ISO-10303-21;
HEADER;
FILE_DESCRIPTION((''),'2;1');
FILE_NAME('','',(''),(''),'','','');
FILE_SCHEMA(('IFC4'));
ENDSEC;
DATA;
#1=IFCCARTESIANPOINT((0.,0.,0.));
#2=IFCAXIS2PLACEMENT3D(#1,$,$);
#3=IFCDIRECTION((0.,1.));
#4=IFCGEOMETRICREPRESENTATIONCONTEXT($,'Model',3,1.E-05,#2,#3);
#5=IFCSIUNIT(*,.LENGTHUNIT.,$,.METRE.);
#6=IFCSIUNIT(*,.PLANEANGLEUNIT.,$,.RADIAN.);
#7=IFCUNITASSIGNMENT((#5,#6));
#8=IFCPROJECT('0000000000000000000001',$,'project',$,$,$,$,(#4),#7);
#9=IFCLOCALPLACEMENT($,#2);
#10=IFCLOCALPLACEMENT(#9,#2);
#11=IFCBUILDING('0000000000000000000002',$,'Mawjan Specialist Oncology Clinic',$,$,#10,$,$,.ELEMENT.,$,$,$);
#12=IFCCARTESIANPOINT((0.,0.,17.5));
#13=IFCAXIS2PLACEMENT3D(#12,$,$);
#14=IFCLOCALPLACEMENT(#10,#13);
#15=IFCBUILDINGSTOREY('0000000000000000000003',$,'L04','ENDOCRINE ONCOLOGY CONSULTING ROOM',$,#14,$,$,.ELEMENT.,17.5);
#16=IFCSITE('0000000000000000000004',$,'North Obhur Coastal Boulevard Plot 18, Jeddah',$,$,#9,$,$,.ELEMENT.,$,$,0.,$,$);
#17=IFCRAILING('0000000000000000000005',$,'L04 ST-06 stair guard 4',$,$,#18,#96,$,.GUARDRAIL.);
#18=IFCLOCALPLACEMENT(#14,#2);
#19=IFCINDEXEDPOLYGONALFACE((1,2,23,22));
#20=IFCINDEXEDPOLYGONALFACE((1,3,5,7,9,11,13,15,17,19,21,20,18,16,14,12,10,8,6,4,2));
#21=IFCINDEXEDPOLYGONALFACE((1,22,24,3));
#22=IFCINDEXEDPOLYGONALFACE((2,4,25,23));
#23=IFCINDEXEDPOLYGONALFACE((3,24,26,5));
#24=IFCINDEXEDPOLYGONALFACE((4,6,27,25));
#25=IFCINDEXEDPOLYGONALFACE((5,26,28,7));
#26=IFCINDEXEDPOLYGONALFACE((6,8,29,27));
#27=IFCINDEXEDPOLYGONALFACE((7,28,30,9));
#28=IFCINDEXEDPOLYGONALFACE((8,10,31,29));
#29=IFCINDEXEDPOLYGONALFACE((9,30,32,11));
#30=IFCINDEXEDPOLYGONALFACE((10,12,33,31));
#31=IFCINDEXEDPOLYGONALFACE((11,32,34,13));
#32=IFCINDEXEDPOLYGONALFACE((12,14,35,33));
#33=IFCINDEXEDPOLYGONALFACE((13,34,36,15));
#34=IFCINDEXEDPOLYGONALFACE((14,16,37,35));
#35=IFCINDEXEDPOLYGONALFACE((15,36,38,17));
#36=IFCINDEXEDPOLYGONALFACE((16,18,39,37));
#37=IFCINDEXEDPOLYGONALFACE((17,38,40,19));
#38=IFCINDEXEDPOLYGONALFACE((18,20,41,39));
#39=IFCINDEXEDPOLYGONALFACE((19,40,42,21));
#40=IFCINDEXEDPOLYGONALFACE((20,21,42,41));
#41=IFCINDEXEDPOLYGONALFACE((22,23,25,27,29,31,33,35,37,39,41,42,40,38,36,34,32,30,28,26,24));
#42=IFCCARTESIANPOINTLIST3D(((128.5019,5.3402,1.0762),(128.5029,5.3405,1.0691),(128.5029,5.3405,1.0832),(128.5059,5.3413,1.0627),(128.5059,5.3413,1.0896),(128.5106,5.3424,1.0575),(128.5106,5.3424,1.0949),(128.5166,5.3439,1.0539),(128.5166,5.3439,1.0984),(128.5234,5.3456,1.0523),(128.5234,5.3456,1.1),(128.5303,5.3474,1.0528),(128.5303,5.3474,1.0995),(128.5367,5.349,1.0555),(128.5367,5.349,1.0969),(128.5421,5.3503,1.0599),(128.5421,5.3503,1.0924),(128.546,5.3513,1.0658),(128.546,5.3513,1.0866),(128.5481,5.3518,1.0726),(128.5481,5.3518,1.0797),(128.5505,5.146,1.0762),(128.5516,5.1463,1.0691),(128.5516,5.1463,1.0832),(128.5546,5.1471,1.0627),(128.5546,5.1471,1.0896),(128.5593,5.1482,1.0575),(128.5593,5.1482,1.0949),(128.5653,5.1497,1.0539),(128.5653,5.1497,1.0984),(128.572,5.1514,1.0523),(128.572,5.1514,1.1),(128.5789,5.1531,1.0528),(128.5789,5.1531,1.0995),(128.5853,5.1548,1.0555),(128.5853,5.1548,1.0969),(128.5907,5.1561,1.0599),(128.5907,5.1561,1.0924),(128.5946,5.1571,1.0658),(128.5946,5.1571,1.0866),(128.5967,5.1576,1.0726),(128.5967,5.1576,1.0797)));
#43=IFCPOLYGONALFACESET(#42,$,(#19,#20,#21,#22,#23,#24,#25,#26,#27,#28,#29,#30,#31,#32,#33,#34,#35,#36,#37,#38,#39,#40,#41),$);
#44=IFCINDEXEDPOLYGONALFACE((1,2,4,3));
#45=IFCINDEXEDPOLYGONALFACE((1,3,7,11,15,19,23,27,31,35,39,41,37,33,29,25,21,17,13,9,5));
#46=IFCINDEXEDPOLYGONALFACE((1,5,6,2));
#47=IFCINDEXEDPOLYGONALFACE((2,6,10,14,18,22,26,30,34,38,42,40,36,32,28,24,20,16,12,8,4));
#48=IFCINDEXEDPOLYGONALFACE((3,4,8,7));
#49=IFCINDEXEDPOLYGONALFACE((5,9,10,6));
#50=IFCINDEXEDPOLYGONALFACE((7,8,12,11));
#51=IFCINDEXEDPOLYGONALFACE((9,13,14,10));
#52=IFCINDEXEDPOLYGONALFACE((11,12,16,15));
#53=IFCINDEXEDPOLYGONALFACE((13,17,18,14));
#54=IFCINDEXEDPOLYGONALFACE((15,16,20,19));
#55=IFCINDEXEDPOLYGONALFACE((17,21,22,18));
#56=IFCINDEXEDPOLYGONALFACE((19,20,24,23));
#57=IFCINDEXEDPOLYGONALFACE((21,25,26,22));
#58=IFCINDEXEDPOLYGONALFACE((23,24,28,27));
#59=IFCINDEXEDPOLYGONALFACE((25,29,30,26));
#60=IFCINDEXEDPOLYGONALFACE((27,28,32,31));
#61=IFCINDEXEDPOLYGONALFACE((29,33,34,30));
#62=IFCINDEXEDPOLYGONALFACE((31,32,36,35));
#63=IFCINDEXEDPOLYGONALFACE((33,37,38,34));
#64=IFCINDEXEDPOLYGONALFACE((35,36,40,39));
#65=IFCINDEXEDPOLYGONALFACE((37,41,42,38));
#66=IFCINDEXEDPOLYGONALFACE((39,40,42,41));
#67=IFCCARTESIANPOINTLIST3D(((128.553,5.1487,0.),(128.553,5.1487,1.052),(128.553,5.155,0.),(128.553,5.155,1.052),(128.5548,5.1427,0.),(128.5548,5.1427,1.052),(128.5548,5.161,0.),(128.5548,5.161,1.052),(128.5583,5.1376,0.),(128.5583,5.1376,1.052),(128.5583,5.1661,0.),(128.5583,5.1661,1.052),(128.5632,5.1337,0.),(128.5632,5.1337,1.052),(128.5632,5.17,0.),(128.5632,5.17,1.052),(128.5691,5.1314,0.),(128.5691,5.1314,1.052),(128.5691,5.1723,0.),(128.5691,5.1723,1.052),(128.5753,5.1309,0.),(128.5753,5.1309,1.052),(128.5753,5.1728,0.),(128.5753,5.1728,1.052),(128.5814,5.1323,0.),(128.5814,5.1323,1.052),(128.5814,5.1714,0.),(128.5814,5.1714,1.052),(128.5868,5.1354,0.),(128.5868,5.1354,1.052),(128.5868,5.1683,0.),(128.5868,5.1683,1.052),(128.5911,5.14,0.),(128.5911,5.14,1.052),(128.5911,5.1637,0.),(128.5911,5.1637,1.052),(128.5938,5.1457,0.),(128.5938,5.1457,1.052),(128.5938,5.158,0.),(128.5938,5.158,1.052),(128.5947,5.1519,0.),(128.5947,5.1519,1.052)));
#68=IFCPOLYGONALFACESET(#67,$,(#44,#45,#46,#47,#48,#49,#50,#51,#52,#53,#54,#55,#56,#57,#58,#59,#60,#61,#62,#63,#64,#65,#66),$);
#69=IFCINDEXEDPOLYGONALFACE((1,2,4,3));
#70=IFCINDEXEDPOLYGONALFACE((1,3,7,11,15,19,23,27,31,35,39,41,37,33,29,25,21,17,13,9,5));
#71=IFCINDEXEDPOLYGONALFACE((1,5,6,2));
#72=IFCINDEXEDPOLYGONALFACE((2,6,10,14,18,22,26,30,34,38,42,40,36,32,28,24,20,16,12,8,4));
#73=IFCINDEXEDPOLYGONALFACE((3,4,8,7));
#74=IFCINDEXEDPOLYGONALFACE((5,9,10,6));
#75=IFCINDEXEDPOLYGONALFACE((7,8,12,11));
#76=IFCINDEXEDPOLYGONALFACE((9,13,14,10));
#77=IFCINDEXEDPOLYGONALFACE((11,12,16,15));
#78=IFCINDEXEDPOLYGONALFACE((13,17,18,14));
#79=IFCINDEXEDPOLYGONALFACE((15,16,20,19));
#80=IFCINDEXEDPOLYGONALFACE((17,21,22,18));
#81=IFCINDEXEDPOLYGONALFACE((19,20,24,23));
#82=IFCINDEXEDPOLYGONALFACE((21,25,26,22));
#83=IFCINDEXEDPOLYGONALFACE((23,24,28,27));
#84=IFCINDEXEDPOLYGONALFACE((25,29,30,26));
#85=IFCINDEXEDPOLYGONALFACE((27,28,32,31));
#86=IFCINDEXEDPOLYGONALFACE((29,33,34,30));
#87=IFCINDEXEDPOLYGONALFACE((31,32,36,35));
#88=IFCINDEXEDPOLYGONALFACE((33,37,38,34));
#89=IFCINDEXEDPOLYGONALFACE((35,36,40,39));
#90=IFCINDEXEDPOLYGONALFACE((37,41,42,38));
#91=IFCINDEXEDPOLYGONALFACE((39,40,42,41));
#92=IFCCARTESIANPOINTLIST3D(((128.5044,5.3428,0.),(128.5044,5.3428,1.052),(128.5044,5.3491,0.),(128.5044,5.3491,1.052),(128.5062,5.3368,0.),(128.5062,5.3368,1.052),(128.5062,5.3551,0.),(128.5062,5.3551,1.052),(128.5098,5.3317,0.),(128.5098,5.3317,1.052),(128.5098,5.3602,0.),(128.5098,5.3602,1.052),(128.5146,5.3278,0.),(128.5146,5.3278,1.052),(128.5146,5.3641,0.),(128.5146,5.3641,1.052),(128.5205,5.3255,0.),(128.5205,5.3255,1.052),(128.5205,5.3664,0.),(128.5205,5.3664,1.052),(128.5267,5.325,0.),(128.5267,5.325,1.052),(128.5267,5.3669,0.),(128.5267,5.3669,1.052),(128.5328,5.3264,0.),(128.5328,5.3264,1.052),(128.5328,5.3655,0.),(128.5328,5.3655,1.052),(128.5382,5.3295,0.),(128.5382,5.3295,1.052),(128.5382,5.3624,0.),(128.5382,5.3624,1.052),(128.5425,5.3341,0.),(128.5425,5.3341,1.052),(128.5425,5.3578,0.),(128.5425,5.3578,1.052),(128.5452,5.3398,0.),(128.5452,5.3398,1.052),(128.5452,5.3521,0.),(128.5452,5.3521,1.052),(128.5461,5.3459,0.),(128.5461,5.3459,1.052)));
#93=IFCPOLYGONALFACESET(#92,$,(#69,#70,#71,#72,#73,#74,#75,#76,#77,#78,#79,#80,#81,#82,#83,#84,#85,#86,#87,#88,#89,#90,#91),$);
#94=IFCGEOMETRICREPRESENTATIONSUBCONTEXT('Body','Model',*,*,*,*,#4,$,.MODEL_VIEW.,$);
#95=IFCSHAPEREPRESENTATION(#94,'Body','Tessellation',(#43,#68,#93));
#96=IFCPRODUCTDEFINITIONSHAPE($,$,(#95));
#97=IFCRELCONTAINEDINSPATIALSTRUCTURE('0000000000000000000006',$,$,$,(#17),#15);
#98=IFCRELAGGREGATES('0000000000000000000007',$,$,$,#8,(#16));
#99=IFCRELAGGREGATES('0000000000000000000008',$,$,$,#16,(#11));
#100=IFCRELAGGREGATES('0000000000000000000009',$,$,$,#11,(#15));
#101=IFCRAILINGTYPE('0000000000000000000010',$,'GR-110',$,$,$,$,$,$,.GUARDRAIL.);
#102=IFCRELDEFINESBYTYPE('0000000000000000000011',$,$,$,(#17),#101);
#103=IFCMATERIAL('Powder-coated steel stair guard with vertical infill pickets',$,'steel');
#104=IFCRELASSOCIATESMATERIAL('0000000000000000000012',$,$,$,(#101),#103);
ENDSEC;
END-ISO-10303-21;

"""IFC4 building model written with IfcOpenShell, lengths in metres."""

from ifc_helpers import new_model, si_unit, direction, frame, origin, origin_2d, place, context, subcontext, project, spatial, circle, extrude, material, type_object, element, save


model = new_model("IFC4")

# Units and contexts
model_context = context("Model", 3, precision=1e-05, world=origin(), true_north=direction((0.0, 1.0)))
body_context = subcontext(model_context, "Body", "Model", "MODEL_VIEW")
ifc_project = project(units=[si_unit("LENGTHUNIT", "METRE"), si_unit("PLANEANGLEUNIT", "RADIAN")], contexts=[model_context])

# Site, building, storey
site_placement = place(None, origin())
site = spatial("IfcSite", under=ifc_project, at=site_placement, Name="North Obhur Coastal Boulevard Plot 18, Jeddah", CompositionType="ELEMENT", RefElevation=0.0)
building_placement = place(site_placement, origin())
building = spatial("IfcBuilding", under=site, at=building_placement, Name="Mawjan Specialist Oncology Clinic", CompositionType="ELEMENT")
storey_placement = place(building_placement, frame((0.0, 0.0, 17.5)))
storey = spatial("IfcBuildingStorey", under=building, at=storey_placement, Name="L04", Description="ENDOCRINE ONCOLOGY CONSULTING ROOM", CompositionType="ELEMENT", Elevation=17.5)

# Railing
ifc_material_1 = material(Name="Powder-coated steel stair guard with vertical infill pickets", Category="steel")
railing_type_1 = type_object("IfcRailingType", Name="GR-110", PredefinedType="GUARDRAIL", material=ifc_material_1)
railing_1_placement = place(storey_placement, frame((128.5737, 5.1519, 0.0)))
element("IfcRailing", 1, at=railing_1_placement, inside=storey, type_object=railing_type_1, Name="L04 ST-06 stair guard 4", PredefinedType="GUARDRAIL", context=body_context, shape_type="SweptSolid", body=[
    extrude(circle(Radius=0.0239, at=origin_2d()), frame((0.0, 0.0, 1.0762), z_axis=(-0.242823, 0.970071, 0.0), x_axis=(-0.970071, -0.242823, 0.0)), (0.0, 0.0, 1.0), 0.2002),
    extrude(circle(Radius=0.021, at=origin_2d()), origin(), (0.0, 0.0, 1.0), 1.052),
    extrude(circle(Radius=0.021, at=origin_2d()), frame((-0.0486, 0.1941, 0.0)), (0.0, 0.0, 1.0), 1.052),
])

save(model, "model.ifc")
